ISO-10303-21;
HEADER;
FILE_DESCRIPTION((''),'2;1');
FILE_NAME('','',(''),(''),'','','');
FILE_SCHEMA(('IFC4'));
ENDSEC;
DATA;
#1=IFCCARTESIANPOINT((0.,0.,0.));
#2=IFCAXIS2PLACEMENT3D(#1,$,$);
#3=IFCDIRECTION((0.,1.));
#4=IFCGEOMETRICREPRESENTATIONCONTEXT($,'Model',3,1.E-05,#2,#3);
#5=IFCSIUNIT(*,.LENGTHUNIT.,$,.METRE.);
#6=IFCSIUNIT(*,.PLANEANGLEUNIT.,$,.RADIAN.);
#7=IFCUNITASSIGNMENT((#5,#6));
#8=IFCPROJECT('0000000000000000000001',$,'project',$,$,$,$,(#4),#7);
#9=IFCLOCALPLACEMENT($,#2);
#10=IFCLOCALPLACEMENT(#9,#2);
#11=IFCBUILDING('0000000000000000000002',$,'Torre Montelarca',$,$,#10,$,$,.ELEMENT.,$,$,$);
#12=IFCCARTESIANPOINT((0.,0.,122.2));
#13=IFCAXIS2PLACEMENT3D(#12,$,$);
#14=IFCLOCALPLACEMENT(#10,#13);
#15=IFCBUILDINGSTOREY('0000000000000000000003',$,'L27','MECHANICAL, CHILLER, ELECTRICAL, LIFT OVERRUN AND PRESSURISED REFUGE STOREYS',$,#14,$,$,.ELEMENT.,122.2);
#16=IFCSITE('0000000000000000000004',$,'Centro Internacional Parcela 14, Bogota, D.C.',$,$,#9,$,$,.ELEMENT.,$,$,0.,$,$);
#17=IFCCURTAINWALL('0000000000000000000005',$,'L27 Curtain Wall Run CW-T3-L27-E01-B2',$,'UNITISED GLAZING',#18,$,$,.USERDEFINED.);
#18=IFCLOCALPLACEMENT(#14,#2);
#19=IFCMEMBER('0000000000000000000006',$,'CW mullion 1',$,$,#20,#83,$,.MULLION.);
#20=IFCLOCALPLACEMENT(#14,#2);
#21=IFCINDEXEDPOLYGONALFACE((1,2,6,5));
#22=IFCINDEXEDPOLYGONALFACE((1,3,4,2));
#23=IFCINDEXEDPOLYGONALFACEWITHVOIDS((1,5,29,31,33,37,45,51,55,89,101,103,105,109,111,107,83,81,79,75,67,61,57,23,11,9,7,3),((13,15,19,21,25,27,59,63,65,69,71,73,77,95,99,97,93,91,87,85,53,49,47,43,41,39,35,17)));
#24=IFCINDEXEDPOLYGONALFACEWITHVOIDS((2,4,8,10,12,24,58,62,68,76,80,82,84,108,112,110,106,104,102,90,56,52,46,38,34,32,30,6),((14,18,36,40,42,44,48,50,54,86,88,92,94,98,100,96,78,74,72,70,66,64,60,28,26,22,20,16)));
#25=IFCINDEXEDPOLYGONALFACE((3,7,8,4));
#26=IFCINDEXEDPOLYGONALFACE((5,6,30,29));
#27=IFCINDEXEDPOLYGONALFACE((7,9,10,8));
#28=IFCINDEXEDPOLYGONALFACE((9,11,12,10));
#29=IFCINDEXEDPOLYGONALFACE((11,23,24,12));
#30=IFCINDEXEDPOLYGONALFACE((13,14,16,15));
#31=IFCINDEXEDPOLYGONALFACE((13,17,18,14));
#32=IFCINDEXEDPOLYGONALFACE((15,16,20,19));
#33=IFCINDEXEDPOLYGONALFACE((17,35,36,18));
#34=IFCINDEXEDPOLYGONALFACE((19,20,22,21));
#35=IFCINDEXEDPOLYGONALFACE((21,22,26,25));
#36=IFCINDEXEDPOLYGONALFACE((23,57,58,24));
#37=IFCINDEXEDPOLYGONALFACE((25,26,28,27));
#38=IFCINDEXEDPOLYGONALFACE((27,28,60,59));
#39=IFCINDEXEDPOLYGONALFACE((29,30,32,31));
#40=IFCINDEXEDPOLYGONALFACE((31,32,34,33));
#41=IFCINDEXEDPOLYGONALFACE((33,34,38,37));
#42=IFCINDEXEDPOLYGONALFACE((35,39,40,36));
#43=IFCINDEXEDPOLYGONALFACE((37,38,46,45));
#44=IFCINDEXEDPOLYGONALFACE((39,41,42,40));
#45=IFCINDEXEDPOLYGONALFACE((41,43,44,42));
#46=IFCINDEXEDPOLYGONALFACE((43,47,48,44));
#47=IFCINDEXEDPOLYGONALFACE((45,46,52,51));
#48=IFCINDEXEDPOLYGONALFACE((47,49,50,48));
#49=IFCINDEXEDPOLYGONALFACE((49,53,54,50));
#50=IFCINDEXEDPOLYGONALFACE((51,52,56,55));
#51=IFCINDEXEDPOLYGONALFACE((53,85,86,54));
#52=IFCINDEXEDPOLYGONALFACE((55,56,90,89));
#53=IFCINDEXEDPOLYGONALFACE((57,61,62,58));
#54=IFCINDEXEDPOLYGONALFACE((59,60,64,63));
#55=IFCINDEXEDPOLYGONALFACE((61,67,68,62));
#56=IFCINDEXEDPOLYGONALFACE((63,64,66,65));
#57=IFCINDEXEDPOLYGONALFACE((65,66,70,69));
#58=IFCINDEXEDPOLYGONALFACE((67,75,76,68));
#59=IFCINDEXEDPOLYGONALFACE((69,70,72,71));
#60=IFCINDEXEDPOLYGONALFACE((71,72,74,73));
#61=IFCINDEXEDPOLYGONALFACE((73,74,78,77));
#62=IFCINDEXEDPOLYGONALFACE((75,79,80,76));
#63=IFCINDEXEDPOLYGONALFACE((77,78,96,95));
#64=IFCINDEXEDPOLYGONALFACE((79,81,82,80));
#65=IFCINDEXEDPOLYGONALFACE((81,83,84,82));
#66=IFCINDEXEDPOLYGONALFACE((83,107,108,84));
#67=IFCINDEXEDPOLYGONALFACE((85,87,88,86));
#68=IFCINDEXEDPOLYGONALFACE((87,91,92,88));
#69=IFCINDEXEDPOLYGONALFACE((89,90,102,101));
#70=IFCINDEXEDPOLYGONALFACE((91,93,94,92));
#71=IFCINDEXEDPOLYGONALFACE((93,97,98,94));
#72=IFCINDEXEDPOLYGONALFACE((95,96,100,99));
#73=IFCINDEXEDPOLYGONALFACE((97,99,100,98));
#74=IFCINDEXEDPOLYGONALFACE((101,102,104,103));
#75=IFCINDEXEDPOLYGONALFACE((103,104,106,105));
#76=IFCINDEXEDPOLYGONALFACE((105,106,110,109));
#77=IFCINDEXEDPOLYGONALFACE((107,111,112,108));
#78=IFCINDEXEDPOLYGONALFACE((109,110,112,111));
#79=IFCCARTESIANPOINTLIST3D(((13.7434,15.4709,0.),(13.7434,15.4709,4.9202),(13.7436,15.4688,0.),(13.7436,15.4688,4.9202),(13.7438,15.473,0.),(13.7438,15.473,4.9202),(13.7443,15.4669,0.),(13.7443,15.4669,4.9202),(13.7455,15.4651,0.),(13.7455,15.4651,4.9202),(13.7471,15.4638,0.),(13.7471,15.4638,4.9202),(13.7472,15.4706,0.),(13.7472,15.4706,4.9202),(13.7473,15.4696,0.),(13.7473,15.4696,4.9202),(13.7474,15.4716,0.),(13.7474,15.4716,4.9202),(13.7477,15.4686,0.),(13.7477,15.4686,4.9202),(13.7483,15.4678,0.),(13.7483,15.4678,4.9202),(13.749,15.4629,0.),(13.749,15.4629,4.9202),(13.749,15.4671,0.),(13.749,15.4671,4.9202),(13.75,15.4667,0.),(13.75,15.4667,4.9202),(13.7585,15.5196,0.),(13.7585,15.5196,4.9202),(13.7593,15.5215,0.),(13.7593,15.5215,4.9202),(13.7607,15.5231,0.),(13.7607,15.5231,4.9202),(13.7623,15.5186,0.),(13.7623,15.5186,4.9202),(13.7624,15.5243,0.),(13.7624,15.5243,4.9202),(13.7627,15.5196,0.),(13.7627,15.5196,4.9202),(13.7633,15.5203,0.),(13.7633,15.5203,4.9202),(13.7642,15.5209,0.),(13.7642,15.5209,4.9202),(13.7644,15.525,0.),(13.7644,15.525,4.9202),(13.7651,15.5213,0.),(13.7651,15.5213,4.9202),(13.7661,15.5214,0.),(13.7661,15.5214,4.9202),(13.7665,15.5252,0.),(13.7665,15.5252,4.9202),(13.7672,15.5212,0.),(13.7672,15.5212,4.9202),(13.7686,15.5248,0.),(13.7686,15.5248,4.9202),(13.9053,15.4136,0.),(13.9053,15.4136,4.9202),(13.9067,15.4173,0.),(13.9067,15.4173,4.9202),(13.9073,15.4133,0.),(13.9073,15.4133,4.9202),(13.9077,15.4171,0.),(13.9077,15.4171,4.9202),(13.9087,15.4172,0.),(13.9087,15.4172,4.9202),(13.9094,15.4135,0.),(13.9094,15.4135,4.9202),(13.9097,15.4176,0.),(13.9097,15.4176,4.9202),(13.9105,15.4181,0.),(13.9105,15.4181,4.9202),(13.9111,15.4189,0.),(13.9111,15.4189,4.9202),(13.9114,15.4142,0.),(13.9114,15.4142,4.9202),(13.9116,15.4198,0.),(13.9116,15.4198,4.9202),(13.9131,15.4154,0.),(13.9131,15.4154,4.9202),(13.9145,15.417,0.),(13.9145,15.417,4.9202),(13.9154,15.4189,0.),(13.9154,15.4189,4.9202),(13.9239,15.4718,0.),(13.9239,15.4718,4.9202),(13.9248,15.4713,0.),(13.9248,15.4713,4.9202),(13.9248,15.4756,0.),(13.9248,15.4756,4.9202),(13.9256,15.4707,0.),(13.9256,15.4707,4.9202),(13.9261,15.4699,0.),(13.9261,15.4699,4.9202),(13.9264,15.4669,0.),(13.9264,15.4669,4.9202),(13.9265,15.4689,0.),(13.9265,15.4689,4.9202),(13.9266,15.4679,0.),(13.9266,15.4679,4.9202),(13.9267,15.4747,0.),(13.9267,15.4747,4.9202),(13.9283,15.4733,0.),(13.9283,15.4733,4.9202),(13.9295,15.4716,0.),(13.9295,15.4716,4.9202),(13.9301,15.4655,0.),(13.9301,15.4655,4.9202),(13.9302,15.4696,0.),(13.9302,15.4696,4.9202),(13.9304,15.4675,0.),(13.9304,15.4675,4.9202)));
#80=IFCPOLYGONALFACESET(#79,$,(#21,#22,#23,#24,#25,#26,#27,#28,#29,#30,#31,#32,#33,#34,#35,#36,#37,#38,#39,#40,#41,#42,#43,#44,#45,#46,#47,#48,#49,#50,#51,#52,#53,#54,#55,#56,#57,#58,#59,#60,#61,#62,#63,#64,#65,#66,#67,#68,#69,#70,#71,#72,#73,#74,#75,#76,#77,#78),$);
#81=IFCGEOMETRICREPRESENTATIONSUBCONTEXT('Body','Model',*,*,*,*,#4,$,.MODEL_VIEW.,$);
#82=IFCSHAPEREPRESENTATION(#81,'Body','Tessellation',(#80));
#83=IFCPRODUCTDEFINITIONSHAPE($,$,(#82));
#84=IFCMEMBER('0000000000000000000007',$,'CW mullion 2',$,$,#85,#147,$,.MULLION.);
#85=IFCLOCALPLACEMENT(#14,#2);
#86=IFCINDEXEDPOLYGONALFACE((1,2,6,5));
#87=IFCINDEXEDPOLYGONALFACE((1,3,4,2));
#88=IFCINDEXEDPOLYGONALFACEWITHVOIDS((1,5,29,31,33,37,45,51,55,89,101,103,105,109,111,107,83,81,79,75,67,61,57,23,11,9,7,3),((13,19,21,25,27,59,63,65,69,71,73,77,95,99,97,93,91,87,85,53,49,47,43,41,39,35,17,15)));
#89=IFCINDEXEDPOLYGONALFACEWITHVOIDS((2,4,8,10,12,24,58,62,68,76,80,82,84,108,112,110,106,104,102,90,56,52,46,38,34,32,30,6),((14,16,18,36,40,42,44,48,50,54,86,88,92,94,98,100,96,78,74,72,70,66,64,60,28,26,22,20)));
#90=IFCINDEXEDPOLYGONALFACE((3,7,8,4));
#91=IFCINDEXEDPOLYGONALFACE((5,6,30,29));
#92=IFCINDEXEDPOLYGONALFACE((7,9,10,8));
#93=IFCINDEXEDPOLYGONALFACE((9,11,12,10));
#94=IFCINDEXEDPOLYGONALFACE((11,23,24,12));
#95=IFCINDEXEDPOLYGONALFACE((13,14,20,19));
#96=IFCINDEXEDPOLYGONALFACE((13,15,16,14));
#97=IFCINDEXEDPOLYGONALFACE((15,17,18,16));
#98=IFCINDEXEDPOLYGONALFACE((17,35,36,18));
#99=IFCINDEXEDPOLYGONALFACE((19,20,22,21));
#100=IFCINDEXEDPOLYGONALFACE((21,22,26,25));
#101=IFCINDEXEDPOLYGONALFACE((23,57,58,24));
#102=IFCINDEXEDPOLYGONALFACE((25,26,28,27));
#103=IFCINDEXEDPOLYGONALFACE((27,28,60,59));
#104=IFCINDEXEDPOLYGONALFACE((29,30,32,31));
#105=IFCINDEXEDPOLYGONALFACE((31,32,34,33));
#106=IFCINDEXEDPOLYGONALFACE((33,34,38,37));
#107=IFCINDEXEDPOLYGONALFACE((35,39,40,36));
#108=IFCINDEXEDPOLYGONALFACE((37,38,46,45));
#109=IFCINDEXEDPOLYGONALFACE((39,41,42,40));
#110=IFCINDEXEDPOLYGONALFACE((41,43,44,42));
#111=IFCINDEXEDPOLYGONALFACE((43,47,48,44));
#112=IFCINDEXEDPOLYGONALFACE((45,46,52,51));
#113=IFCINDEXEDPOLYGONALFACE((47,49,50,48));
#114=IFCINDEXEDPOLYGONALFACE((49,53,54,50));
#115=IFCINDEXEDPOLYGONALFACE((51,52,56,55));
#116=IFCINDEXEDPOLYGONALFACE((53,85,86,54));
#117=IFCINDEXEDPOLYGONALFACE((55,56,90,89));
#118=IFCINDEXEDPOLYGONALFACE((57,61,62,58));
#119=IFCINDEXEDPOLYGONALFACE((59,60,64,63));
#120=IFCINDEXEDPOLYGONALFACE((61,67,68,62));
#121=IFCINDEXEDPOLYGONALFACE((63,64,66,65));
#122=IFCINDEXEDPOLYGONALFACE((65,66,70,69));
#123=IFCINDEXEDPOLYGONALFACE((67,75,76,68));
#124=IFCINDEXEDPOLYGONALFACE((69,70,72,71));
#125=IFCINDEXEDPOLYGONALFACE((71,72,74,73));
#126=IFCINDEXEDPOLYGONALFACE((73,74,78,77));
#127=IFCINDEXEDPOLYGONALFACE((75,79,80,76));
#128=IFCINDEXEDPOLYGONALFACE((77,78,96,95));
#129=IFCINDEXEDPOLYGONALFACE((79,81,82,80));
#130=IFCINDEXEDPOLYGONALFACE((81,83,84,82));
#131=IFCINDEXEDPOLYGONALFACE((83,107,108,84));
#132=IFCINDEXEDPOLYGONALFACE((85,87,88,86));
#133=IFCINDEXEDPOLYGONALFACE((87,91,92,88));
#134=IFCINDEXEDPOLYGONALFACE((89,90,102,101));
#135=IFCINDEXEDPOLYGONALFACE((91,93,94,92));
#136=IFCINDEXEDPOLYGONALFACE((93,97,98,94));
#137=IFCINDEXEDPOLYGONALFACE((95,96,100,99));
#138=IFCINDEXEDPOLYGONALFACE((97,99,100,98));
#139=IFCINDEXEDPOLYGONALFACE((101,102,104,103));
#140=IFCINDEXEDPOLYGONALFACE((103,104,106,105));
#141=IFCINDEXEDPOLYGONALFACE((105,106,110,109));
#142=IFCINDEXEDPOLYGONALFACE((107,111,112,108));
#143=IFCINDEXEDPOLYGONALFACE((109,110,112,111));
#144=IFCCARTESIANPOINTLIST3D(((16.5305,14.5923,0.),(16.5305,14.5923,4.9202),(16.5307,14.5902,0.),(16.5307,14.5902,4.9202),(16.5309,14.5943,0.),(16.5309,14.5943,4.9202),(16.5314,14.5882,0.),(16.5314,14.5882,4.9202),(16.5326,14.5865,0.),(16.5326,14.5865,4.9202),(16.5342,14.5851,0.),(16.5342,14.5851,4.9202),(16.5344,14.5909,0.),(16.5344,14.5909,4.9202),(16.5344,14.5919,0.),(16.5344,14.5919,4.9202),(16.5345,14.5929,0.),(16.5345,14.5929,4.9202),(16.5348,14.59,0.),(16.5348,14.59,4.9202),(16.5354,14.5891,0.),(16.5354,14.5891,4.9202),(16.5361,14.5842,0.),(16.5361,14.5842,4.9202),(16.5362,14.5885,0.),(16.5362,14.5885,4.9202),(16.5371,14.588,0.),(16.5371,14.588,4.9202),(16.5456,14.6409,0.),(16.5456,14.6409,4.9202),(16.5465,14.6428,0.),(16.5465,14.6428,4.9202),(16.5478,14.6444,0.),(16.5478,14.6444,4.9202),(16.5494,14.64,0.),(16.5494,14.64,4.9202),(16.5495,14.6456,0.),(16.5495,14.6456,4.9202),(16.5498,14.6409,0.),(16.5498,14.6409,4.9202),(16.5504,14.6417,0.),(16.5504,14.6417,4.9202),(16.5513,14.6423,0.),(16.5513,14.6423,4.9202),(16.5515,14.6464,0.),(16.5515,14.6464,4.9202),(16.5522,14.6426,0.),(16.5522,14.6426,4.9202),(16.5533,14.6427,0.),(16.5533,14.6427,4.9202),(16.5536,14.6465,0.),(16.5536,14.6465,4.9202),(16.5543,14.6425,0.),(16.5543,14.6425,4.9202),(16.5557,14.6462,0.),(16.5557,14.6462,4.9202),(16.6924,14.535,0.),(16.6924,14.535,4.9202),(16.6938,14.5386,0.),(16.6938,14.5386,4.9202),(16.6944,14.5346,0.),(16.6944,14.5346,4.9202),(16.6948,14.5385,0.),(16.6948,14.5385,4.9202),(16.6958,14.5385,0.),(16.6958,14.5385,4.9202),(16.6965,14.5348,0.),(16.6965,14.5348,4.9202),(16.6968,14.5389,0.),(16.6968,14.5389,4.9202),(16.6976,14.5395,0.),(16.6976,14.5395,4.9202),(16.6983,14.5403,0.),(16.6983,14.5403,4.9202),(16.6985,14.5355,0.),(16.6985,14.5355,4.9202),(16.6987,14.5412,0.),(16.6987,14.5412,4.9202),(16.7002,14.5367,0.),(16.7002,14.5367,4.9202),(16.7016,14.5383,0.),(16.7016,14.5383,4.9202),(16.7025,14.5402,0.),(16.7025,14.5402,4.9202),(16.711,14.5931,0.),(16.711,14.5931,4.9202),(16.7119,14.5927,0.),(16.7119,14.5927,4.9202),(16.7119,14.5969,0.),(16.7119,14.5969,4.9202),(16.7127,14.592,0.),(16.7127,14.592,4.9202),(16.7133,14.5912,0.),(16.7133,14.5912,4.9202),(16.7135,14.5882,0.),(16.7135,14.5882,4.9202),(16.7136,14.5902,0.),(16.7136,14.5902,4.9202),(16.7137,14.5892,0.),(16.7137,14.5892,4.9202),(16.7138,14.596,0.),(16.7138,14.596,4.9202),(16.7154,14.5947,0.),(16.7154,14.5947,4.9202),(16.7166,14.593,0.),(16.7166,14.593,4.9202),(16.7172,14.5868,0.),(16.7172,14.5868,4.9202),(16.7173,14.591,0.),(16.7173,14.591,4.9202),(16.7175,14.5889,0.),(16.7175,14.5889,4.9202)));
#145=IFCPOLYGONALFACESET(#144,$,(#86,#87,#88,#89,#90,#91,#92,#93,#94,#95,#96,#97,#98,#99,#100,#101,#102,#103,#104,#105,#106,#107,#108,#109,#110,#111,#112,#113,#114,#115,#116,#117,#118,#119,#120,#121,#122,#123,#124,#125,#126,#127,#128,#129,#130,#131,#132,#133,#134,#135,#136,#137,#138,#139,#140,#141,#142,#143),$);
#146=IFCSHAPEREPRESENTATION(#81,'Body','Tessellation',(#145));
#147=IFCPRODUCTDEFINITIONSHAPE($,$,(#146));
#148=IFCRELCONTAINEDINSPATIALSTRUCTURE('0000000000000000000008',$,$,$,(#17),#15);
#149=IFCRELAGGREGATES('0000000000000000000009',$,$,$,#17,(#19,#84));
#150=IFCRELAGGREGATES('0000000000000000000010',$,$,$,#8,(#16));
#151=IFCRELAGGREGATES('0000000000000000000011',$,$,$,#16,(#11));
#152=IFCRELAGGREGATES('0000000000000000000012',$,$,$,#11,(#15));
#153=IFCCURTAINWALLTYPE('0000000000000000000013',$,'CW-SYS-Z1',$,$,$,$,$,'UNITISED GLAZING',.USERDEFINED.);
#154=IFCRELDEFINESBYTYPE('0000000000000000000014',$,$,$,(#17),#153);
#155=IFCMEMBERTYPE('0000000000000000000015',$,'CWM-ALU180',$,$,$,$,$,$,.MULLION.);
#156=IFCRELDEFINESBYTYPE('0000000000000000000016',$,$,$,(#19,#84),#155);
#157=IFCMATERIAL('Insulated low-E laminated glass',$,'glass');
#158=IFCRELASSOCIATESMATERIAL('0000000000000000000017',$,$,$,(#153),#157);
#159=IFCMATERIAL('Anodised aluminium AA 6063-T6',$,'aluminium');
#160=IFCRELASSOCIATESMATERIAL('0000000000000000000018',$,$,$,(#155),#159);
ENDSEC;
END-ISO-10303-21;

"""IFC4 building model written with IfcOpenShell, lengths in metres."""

from ifc_helpers import new_model, si_unit, direction, frame, origin, origin_2d, place, context, subcontext, project, spatial, hollow_rectangle, extrude, source, transform, mapped, material, material_profile, profile_set, type_object, element, aggregate, save


model = new_model("IFC4")

# Units and contexts
model_context = context("Model", 3, precision=1e-05, world=origin(), true_north=direction((0.0, 1.0)))
body_context = subcontext(model_context, "Body", "Model", "MODEL_VIEW")
ifc_project = project(units=[si_unit("LENGTHUNIT", "METRE"), si_unit("PLANEANGLEUNIT", "RADIAN")], contexts=[model_context])

# Site, building, storey
site_placement = place(None, origin())
site = spatial("IfcSite", under=ifc_project, at=site_placement, Name="Centro Internacional Parcela 14, Bogota, D.C.", CompositionType="ELEMENT", RefElevation=0.0)
building_placement = place(site_placement, origin())
building = spatial("IfcBuilding", under=site, at=building_placement, Name="Torre Montelarca", CompositionType="ELEMENT")
storey_placement = place(building_placement, frame((0.0, 0.0, 122.2)))
storey = spatial("IfcBuildingStorey", under=building, at=storey_placement, Name="L27", Description="MECHANICAL, CHILLER, ELECTRICAL, LIFT OVERRUN AND PRESSURISED REFUGE STOREYS", CompositionType="ELEMENT", Elevation=122.2)

# Curtain wall, members
ifc_material_1 = material(Name="Insulated low-E laminated glass", Category="glass")
curtain_wall_type = type_object("IfcCurtainWallType", Name="CW-SYS-Z1", ElementType="UNITISED GLAZING", PredefinedType="USERDEFINED", material=ifc_material_1)
ifc_material_2 = material(Name="Anodised aluminium AA 6063-T6", Category="aluminium")
curtain_wall_1_placement = place(storey_placement, origin())
curtain_wall_1 = element("IfcCurtainWall", 1, at=curtain_wall_1_placement, inside=storey, type_object=curtain_wall_type, Name="L27 Curtain Wall Run CW-T3-L27-E01-B2", ObjectType="UNITISED GLAZING", PredefinedType="USERDEFINED")
ifc_material_profile_1 = material_profile(ifc_material_2, hollow_rectangle(XDim=0.0649, YDim=0.1799, WallThickness=0.0039, InnerFilletRadius=0.0039, OuterFilletRadius=0.0081, at=origin_2d()), Name="ALU65X180X4", Category="aluminium")
ifc_profile_set_1 = profile_set([ifc_material_profile_1], Name="Anodised aluminium AA 6063-T6")
member_type_1 = type_object("IfcMemberType", Name="CWM-ALU180", PredefinedType="MULLION", material=ifc_profile_set_1)
shared_shape_1 = source(origin(), body_context, "Body", "SweptSolid", [
    extrude(hollow_rectangle(XDim=0.0649, YDim=0.1799, WallThickness=0.0039, InnerFilletRadius=0.0039, OuterFilletRadius=0.0081, at=origin_2d()), origin(), (0.0, 0.0, 1.0), 4.9202),
])
member_1_placement = place(storey_placement, frame((13.8369, 15.4692, 0.0), z_axis=(0.0, 0.0, 1.0), x_axis=(0.300702, 0.953718, 0.0)))
member_1 = element("IfcMember", 2, at=member_1_placement, type_object=member_type_1, Name="CW mullion 1", PredefinedType="MULLION", context=body_context, shape_type="MappedRepresentation", body=[
    mapped(shared_shape_1, transform((0.0, 0.0, 0.0), scale=1.0)),
])
member_2_placement = place(storey_placement, frame((16.624, 14.5906, 0.0), z_axis=(0.0, 0.0, 1.0), x_axis=(0.300702, 0.953718, 0.0)))
member_2 = element("IfcMember", 3, at=member_2_placement, type_object=member_type_1, Name="CW mullion 2", PredefinedType="MULLION", context=body_context, shape_type="MappedRepresentation", body=[
    mapped(shared_shape_1, transform((0.0, 0.0, 0.0), scale=1.0)),
])

aggregate(curtain_wall_1, [member_1, member_2])

save(model, "model.ifc")
